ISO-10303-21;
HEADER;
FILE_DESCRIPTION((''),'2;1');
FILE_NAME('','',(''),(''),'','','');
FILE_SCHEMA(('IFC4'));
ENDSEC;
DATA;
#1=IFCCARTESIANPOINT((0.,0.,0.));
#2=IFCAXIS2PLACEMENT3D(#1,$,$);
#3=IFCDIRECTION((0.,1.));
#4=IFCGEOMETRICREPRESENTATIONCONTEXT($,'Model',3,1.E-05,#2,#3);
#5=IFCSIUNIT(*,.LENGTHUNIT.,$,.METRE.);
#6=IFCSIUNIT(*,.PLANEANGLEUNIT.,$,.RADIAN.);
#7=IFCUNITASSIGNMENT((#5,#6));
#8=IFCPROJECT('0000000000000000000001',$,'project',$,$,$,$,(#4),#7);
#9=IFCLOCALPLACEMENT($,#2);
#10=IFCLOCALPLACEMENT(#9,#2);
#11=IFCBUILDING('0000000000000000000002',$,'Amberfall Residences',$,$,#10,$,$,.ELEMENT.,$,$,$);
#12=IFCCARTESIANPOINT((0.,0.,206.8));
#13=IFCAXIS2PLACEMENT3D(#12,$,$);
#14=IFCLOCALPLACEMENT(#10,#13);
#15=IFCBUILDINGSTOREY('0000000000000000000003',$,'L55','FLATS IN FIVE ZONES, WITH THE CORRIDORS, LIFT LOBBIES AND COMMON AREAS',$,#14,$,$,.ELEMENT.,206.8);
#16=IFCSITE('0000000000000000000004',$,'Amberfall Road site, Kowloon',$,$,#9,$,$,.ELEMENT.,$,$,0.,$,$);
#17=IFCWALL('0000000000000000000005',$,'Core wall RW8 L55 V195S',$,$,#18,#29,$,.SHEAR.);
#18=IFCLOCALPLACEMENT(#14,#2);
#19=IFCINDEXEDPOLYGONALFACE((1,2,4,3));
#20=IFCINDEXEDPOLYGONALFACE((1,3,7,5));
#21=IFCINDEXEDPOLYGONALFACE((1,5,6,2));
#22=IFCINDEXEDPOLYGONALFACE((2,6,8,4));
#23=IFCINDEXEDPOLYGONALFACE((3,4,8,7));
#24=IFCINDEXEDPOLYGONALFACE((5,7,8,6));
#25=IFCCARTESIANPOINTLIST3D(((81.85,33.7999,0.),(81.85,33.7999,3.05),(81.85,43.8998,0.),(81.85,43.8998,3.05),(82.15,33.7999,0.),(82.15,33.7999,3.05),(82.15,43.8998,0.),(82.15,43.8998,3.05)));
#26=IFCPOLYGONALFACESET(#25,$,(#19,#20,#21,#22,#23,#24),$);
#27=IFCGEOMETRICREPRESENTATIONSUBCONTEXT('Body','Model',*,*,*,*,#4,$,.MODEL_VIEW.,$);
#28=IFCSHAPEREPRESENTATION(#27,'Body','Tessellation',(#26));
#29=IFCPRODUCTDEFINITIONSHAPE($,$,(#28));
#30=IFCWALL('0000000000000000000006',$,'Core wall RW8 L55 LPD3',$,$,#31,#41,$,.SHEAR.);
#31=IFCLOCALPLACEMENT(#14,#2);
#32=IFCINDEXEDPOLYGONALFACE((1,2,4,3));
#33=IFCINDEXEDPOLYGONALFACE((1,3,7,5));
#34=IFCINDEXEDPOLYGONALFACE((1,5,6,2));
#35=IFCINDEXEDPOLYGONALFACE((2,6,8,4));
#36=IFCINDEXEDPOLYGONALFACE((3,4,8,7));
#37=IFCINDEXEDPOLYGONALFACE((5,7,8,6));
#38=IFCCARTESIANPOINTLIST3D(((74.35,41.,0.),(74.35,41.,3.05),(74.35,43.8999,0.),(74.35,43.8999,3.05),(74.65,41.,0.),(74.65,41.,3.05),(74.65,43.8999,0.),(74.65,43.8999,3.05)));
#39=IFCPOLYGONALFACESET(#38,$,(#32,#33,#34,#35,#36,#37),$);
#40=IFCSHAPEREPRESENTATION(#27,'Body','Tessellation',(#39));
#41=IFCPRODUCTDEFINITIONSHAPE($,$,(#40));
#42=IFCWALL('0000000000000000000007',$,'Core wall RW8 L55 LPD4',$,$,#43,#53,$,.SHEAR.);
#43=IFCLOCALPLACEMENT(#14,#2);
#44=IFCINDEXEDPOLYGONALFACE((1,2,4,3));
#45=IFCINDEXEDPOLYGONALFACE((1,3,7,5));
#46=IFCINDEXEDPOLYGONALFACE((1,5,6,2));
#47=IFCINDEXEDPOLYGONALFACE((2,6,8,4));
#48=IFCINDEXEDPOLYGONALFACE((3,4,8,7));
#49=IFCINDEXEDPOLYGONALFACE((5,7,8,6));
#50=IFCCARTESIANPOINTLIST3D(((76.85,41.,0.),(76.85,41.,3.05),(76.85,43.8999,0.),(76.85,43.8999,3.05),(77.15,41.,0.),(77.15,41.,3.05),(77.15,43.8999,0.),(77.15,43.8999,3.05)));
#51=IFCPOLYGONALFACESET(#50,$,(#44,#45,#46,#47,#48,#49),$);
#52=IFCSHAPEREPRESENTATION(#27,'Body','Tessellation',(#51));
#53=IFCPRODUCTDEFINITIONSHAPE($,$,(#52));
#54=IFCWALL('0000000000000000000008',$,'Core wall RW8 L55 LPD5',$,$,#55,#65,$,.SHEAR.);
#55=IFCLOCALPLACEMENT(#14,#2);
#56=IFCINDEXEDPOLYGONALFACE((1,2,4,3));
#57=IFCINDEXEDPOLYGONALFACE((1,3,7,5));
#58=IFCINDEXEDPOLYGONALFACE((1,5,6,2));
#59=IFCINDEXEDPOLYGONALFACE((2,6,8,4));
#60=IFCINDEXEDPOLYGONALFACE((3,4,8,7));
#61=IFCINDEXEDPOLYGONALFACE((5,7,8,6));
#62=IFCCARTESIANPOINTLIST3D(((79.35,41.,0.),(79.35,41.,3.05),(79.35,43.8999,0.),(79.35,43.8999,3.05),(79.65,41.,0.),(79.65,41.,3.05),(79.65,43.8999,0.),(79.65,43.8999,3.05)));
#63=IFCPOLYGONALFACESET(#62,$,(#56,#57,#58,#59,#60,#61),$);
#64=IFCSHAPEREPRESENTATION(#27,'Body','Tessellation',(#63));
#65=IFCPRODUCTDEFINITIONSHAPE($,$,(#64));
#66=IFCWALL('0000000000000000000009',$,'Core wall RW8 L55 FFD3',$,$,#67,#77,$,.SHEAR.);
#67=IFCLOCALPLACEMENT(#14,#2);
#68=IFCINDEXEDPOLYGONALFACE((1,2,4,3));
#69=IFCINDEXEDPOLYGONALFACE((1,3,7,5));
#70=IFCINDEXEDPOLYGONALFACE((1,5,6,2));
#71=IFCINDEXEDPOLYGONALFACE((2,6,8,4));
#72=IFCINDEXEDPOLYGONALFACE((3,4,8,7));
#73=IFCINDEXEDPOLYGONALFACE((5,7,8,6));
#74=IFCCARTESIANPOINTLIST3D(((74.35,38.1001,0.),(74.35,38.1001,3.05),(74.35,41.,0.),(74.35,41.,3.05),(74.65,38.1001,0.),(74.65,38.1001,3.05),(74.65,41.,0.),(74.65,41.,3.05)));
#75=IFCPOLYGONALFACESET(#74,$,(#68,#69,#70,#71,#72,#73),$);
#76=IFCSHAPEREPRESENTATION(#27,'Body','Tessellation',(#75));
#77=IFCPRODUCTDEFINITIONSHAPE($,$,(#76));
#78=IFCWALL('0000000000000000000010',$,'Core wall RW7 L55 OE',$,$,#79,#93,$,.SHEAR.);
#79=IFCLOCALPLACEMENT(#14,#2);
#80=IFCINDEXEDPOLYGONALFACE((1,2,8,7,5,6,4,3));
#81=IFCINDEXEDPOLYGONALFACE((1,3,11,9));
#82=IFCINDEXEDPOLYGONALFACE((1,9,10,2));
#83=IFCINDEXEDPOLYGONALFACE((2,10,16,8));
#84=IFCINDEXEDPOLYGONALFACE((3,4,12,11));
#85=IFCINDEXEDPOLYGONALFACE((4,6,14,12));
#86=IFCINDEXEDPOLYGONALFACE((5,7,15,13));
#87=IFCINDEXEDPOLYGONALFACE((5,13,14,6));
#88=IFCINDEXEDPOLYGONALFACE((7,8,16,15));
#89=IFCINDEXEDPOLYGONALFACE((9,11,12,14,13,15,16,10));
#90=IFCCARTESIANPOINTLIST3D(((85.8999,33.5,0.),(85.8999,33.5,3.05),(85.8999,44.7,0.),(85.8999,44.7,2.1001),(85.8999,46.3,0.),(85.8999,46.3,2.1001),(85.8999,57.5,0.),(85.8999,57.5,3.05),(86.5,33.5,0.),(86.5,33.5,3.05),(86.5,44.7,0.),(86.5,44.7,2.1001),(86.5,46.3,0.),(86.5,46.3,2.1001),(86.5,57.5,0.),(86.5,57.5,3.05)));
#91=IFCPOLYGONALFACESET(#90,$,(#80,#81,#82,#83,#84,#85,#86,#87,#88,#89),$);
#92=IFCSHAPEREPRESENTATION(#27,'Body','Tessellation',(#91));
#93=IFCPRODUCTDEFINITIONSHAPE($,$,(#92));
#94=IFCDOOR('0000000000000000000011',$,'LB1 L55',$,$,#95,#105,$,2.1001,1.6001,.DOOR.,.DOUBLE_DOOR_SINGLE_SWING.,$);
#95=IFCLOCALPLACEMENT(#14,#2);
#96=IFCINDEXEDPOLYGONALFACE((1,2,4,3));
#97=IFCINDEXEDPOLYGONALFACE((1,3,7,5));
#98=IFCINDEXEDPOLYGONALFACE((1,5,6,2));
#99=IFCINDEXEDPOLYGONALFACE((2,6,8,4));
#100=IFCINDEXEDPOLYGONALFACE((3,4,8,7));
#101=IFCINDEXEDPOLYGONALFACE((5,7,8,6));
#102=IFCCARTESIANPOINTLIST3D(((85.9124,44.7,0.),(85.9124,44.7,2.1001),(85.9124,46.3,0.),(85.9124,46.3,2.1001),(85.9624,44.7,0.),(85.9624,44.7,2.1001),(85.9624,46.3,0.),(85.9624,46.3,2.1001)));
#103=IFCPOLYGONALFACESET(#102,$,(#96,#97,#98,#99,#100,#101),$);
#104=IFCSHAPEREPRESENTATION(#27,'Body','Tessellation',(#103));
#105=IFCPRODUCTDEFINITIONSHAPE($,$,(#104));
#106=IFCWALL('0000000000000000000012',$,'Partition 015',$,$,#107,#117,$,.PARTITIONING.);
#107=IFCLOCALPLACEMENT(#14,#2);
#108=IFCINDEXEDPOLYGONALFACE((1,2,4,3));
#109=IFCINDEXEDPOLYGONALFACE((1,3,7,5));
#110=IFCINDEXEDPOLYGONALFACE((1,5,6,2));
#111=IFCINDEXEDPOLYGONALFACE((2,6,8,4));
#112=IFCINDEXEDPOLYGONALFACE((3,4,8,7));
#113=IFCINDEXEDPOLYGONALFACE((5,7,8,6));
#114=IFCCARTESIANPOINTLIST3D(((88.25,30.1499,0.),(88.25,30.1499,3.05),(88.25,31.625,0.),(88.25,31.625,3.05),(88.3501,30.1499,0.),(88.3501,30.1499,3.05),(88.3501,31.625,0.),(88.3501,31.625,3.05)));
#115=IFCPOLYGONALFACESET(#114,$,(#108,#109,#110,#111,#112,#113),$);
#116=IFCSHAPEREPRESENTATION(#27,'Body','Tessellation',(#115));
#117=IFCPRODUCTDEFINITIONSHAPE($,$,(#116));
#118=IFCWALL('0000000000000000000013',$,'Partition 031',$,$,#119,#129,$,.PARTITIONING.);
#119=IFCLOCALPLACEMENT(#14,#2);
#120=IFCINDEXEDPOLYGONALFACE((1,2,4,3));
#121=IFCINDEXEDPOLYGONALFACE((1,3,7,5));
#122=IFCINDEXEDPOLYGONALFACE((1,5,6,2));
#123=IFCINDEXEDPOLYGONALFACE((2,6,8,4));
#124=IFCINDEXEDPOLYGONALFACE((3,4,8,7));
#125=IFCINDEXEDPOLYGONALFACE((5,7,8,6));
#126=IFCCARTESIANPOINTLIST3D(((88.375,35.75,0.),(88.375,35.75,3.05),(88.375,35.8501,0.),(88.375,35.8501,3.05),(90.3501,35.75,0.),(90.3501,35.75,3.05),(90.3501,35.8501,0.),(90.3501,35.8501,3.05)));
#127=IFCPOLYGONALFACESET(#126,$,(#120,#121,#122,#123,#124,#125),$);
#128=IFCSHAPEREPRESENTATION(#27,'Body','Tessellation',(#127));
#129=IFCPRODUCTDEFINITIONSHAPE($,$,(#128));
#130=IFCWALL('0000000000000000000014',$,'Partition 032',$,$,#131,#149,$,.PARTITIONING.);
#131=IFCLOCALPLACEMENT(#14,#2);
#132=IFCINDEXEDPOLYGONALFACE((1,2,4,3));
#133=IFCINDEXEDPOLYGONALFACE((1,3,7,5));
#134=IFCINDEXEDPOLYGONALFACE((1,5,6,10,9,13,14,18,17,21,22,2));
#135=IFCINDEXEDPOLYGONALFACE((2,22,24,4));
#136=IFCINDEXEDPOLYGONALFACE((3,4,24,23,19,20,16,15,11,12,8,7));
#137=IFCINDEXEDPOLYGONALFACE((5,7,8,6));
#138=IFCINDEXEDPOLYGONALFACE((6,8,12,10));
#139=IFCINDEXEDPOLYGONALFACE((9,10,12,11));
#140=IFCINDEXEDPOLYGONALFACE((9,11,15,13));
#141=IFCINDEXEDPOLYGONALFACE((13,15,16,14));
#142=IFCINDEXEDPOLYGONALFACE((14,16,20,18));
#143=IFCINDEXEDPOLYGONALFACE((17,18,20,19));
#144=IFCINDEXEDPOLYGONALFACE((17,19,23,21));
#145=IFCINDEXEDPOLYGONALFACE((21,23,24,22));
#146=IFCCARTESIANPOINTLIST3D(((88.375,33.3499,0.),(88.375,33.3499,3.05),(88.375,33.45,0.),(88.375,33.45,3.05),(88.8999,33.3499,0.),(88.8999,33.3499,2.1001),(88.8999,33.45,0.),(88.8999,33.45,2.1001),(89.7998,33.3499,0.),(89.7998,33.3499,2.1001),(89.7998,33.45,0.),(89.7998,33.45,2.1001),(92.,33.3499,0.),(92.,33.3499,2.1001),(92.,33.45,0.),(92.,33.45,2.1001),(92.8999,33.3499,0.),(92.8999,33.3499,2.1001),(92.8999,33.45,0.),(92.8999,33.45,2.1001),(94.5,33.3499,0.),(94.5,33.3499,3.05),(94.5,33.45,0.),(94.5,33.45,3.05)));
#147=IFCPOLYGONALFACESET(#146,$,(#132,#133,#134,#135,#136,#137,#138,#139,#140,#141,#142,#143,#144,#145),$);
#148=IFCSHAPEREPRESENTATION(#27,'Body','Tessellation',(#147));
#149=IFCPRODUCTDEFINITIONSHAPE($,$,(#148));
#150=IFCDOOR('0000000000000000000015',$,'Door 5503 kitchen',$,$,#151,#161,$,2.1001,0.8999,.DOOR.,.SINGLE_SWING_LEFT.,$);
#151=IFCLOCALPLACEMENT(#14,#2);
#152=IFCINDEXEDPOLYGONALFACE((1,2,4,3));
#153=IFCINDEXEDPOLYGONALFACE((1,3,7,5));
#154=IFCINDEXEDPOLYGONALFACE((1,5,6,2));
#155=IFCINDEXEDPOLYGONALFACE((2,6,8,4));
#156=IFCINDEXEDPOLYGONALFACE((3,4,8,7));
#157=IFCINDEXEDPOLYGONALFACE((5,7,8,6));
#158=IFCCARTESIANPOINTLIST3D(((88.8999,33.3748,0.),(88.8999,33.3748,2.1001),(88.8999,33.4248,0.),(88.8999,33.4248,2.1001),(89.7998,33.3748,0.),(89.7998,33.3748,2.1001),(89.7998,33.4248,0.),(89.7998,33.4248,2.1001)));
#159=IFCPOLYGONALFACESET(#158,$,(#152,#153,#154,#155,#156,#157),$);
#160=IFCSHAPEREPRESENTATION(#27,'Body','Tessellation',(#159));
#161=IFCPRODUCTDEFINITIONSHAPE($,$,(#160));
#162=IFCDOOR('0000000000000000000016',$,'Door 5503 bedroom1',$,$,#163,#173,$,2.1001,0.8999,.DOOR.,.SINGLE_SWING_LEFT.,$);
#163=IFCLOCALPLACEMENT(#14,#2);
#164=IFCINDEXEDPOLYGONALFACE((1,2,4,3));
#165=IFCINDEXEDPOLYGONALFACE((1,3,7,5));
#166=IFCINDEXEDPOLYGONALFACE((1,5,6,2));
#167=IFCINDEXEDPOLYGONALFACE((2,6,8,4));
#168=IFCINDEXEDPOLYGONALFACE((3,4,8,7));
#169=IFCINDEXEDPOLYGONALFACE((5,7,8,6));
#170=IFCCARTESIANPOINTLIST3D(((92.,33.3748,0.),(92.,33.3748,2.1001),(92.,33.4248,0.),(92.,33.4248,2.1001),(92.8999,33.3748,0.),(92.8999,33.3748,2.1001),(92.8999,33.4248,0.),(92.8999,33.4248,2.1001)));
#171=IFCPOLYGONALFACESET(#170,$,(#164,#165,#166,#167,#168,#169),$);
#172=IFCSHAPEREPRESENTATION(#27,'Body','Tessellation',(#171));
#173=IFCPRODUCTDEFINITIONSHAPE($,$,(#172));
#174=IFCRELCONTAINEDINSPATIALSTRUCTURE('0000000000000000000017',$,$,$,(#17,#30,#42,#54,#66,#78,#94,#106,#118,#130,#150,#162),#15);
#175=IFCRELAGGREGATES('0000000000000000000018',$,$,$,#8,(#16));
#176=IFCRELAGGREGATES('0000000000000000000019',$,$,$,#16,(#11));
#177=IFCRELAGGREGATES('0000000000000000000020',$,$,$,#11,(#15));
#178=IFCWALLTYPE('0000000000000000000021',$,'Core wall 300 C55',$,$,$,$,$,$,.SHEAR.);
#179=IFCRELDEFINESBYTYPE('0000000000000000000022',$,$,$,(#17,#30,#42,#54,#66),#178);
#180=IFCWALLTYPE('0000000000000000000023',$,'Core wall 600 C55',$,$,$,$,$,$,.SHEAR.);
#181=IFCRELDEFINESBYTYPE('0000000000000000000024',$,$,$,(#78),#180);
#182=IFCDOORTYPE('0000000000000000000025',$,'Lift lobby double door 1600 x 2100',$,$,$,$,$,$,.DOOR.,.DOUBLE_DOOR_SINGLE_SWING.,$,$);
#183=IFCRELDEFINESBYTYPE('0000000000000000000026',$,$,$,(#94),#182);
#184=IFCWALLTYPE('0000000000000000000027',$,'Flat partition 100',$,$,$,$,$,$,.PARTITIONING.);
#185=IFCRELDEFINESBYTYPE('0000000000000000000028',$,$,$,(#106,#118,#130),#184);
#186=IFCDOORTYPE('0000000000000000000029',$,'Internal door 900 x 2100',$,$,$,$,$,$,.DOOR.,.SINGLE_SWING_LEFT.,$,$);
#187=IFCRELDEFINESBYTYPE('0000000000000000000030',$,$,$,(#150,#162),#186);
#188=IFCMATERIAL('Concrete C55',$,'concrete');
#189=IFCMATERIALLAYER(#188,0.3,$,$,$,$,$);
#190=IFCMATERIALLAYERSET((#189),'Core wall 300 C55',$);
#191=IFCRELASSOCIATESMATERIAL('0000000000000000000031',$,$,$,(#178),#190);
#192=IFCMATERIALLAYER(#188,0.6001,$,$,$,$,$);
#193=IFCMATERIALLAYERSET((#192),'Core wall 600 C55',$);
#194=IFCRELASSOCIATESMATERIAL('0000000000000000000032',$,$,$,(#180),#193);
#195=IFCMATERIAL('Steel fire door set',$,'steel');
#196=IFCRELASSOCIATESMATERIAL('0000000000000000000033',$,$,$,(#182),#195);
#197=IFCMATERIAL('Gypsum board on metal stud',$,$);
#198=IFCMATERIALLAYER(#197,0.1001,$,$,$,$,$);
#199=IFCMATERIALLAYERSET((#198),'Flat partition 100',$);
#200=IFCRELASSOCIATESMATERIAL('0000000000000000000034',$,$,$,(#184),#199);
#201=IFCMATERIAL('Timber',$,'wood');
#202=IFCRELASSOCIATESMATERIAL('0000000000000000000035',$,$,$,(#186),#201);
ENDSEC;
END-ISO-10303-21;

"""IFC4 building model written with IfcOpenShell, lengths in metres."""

from ifc_helpers import new_model, si_unit, direction, frame, frame_2d, origin, place, context, subcontext, project, spatial, rectangle, extrude, material, layer, layer_set, type_object, element, fill, save


model = new_model("IFC4")

# Units and contexts
model_context = context("Model", 3, precision=1e-05, world=origin(), true_north=direction((0.0, 1.0)))
body_context = subcontext(model_context, "Body", "Model", "MODEL_VIEW")
ifc_project = project(units=[si_unit("LENGTHUNIT", "METRE"), si_unit("PLANEANGLEUNIT", "RADIAN")], contexts=[model_context])

# Site, building, storey
site_placement = place(None, origin())
site = spatial("IfcSite", under=ifc_project, at=site_placement, Name="Amberfall Road site, Kowloon", CompositionType="ELEMENT", RefElevation=0.0)
building_placement = place(site_placement, origin())
building = spatial("IfcBuilding", under=site, at=building_placement, Name="Amberfall Residences", CompositionType="ELEMENT")
storey_placement = place(building_placement, frame((0.0, 0.0, 206.8)))
storey = spatial("IfcBuildingStorey", under=building, at=storey_placement, Name="L55", Description="FLATS IN FIVE ZONES, WITH THE CORRIDORS, LIFT LOBBIES AND COMMON AREAS", CompositionType="ELEMENT", Elevation=206.8)

# Walls
ifc_material_1 = material(Name="Concrete C55", Category="concrete")
ifc_layer_1 = layer(ifc_material_1, 0.3)
ifc_layer_set_1 = layer_set([ifc_layer_1], Name="Core wall 300 C55")
wall_type_1 = type_object("IfcWallType", Name="Core wall 300 C55", PredefinedType="SHEAR", material=ifc_layer_set_1)
wall_1_placement = place(storey_placement, frame((82.0, 33.8, 0.0), z_axis=(0.0, 0.0, 1.0), x_axis=(0.0, 1.0, 0.0)))
element("IfcWall", 1, at=wall_1_placement, inside=storey, type_object=wall_type_1, Name="Core wall RW8 L55 V195S", PredefinedType="SHEAR", context=body_context, shape_type="SweptSolid", body=[
    extrude(rectangle(XDim=10.0999, YDim=0.3, at=frame_2d((5.0498, 0.0))), origin(), (0.0, 0.0, 1.0), 3.05),
])
for number, where, z_axis, x_axis, name in (
    (2, (74.5, 41.0, 0.0), (0.0, 0.0, 1.0), (0.0, 1.0, 0.0), "Core wall RW8 L55 LPD3"),
    (3, (77.0, 41.0, 0.0), (0.0, 0.0, 1.0), (0.0, 1.0, 0.0), "Core wall RW8 L55 LPD4"),
    (4, (79.5, 41.0, 0.0), (0.0, 0.0, 1.0), (0.0, 1.0, 0.0), "Core wall RW8 L55 LPD5"),
    (5, (74.5, 38.1001, 0.0), (0.0, 0.0, 1.0), (0.0, 1.0, 0.0), "Core wall RW8 L55 FFD3"),
):
    element("IfcWall", number, at=place(storey_placement, frame(where, z_axis=z_axis, x_axis=x_axis)), inside=storey, type_object=wall_type_1, Name=name, PredefinedType="SHEAR", context=body_context, shape_type="SweptSolid", body=[
        extrude(rectangle(XDim=2.8999, YDim=0.3, at=frame_2d((1.45, 0.0))), origin(), (0.0, 0.0, 1.0), 3.05),
    ])

# Wall, opening, door
ifc_layer_2 = layer(ifc_material_1, 0.6001)
ifc_layer_set_2 = layer_set([ifc_layer_2], Name="Core wall 600 C55")
wall_type_2 = type_object("IfcWallType", Name="Core wall 600 C55", PredefinedType="SHEAR", material=ifc_layer_set_2)
wall_2_placement = place(storey_placement, frame((86.2, 33.5, 0.0), z_axis=(0.0, 0.0, 1.0), x_axis=(0.0, 1.0, 0.0)))
wall_2 = element("IfcWall", 6, at=wall_2_placement, inside=storey, type_object=wall_type_2, Name="Core wall RW7 L55 OE", PredefinedType="SHEAR", context=body_context, shape_type="SweptSolid", body=[
    extrude(rectangle(XDim=24.0, YDim=0.6001, at=frame_2d((12.0, 0.0))), origin(), (0.0, 0.0, 1.0), 3.05),
])
opening_1_placement = place(wall_2_placement, frame((11.2, 0.0, 0.0)))
opening_1 = element("IfcOpeningElement", 7, at=opening_1_placement, cuts=wall_2, PredefinedType="OPENING", context=body_context, shape_type="SweptSolid", body=[
    extrude(rectangle(XDim=1.6001, YDim=2.1001, at=frame_2d((0.8, 1.05))), frame((0.0, 0.3101, 0.0), z_axis=(0.0, -1.0, 0.0), x_axis=(1.0, 0.0, 0.0)), (0.0, 0.0, 1.0), 0.6201),
])
ifc_material_2 = material(Name="Steel fire door set", Category="steel")
door_type_1 = type_object("IfcDoorType", Name="Lift lobby double door 1600 x 2100", OperationType="DOUBLE_DOOR_SINGLE_SWING", PredefinedType="DOOR", material=ifc_material_2)
door_1_placement = place(opening_1_placement, origin())
door_1 = element("IfcDoor", 8, at=door_1_placement, inside=storey, type_object=door_type_1, Name="LB1 L55", OperationType="DOUBLE_DOOR_SINGLE_SWING", OverallHeight=2.1001, OverallWidth=1.6001, PredefinedType="DOOR", context=body_context, shape_type="SweptSolid", body=[
    extrude(rectangle(XDim=1.6001, YDim=2.1001, at=frame_2d((0.8, 1.05))), frame((0.0, 0.2876, 0.0), z_axis=(0.0, -1.0, 0.0), x_axis=(1.0, 0.0, 0.0)), (0.0, 0.0, 1.0), 0.05),
])
fill(opening_1, door_1)

# Walls
ifc_material_3 = material(Name="Gypsum board on metal stud")
ifc_layer_3 = layer(ifc_material_3, 0.1001)
ifc_layer_set_3 = layer_set([ifc_layer_3], Name="Flat partition 100")
wall_type_3 = type_object("IfcWallType", Name="Flat partition 100", PredefinedType="PARTITIONING", material=ifc_layer_set_3)
wall_3_placement = place(storey_placement, frame((88.3, 30.1499, 0.0), z_axis=(0.0, 0.0, 1.0), x_axis=(0.0, 1.0, 0.0)))
element("IfcWall", 9, at=wall_3_placement, inside=storey, type_object=wall_type_3, Name="Partition 015", PredefinedType="PARTITIONING", context=body_context, shape_type="SweptSolid", body=[
    extrude(rectangle(XDim=1.4751, YDim=0.1001, at=frame_2d((0.7375, 0.0))), origin(), (0.0, 0.0, 1.0), 3.05),
])
wall_4_placement = place(storey_placement, frame((88.375, 35.8, 0.0), z_axis=(0.0, 0.0, 1.0), x_axis=(1.0, 0.0, 0.0)))
element("IfcWall", 10, at=wall_4_placement, inside=storey, type_object=wall_type_3, Name="Partition 031", PredefinedType="PARTITIONING", context=body_context, shape_type="SweptSolid", body=[
    extrude(rectangle(XDim=1.9751, YDim=0.1001, at=frame_2d((0.9875, 0.0))), origin(), (0.0, 0.0, 1.0), 3.05),
])

# Wall, openings, doors
wall_5_placement = place(storey_placement, frame((88.375, 33.3999, 0.0), z_axis=(0.0, 0.0, 1.0), x_axis=(1.0, 0.0, 0.0)))
wall_5 = element("IfcWall", 11, at=wall_5_placement, inside=storey, type_object=wall_type_3, Name="Partition 032", PredefinedType="PARTITIONING", context=body_context, shape_type="SweptSolid", body=[
    extrude(rectangle(XDim=6.125, YDim=0.1001, at=frame_2d((3.0625, 0.0))), origin(), (0.0, 0.0, 1.0), 3.05),
])
opening_2_placement = place(wall_5_placement, frame((0.5249, 0.0, 0.0)))
opening_2 = element("IfcOpeningElement", 12, at=opening_2_placement, cuts=wall_5, PredefinedType="OPENING", context=body_context, shape_type="SweptSolid", body=[
    extrude(rectangle(XDim=0.8999, YDim=2.1001, at=frame_2d((0.45, 1.05))), frame((0.0, 0.0601, 0.0), z_axis=(0.0, -1.0, 0.0), x_axis=(1.0, 0.0, 0.0)), (0.0, 0.0, 1.0), 0.1201),
])
opening_3_placement = place(wall_5_placement, frame((3.625, 0.0, 0.0)))
opening_3 = element("IfcOpeningElement", 13, at=opening_3_placement, cuts=wall_5, PredefinedType="OPENING", context=body_context, shape_type="SweptSolid", body=[
    extrude(rectangle(XDim=0.8999, YDim=2.1001, at=frame_2d((0.45, 1.05))), frame((0.0, 0.0601, 0.0), z_axis=(0.0, -1.0, 0.0), x_axis=(1.0, 0.0, 0.0)), (0.0, 0.0, 1.0), 0.1201),
])
ifc_material_4 = material(Name="Timber", Category="wood")
door_type_2 = type_object("IfcDoorType", Name="Internal door 900 x 2100", OperationType="SINGLE_SWING_LEFT", PredefinedType="DOOR", material=ifc_material_4)
door_2_placement = place(opening_2_placement, origin())
door_2 = element("IfcDoor", 14, at=door_2_placement, inside=storey, type_object=door_type_2, Name="Door 5503 kitchen", OperationType="SINGLE_SWING_LEFT", OverallHeight=2.1001, OverallWidth=0.8999, PredefinedType="DOOR", context=body_context, shape_type="SweptSolid", body=[
    extrude(rectangle(XDim=0.8999, YDim=2.1001, at=frame_2d((0.45, 1.05))), frame((0.0, 0.0249, 0.0), z_axis=(0.0, -1.0, 0.0), x_axis=(1.0, 0.0, 0.0)), (0.0, 0.0, 1.0), 0.05),
])
fill(opening_2, door_2)
door_3_placement = place(opening_3_placement, origin())
door_3 = element("IfcDoor", 15, at=door_3_placement, inside=storey, type_object=door_type_2, Name="Door 5503 bedroom1", OperationType="SINGLE_SWING_LEFT", OverallHeight=2.1001, OverallWidth=0.8999, PredefinedType="DOOR", context=body_context, shape_type="SweptSolid", body=[
    extrude(rectangle(XDim=0.8999, YDim=2.1001, at=frame_2d((0.45, 1.05))), frame((0.0, 0.0249, 0.0), z_axis=(0.0, -1.0, 0.0), x_axis=(1.0, 0.0, 0.0)), (0.0, 0.0, 1.0), 0.05),
])
fill(opening_3, door_3)

save(model, "model.ifc")
